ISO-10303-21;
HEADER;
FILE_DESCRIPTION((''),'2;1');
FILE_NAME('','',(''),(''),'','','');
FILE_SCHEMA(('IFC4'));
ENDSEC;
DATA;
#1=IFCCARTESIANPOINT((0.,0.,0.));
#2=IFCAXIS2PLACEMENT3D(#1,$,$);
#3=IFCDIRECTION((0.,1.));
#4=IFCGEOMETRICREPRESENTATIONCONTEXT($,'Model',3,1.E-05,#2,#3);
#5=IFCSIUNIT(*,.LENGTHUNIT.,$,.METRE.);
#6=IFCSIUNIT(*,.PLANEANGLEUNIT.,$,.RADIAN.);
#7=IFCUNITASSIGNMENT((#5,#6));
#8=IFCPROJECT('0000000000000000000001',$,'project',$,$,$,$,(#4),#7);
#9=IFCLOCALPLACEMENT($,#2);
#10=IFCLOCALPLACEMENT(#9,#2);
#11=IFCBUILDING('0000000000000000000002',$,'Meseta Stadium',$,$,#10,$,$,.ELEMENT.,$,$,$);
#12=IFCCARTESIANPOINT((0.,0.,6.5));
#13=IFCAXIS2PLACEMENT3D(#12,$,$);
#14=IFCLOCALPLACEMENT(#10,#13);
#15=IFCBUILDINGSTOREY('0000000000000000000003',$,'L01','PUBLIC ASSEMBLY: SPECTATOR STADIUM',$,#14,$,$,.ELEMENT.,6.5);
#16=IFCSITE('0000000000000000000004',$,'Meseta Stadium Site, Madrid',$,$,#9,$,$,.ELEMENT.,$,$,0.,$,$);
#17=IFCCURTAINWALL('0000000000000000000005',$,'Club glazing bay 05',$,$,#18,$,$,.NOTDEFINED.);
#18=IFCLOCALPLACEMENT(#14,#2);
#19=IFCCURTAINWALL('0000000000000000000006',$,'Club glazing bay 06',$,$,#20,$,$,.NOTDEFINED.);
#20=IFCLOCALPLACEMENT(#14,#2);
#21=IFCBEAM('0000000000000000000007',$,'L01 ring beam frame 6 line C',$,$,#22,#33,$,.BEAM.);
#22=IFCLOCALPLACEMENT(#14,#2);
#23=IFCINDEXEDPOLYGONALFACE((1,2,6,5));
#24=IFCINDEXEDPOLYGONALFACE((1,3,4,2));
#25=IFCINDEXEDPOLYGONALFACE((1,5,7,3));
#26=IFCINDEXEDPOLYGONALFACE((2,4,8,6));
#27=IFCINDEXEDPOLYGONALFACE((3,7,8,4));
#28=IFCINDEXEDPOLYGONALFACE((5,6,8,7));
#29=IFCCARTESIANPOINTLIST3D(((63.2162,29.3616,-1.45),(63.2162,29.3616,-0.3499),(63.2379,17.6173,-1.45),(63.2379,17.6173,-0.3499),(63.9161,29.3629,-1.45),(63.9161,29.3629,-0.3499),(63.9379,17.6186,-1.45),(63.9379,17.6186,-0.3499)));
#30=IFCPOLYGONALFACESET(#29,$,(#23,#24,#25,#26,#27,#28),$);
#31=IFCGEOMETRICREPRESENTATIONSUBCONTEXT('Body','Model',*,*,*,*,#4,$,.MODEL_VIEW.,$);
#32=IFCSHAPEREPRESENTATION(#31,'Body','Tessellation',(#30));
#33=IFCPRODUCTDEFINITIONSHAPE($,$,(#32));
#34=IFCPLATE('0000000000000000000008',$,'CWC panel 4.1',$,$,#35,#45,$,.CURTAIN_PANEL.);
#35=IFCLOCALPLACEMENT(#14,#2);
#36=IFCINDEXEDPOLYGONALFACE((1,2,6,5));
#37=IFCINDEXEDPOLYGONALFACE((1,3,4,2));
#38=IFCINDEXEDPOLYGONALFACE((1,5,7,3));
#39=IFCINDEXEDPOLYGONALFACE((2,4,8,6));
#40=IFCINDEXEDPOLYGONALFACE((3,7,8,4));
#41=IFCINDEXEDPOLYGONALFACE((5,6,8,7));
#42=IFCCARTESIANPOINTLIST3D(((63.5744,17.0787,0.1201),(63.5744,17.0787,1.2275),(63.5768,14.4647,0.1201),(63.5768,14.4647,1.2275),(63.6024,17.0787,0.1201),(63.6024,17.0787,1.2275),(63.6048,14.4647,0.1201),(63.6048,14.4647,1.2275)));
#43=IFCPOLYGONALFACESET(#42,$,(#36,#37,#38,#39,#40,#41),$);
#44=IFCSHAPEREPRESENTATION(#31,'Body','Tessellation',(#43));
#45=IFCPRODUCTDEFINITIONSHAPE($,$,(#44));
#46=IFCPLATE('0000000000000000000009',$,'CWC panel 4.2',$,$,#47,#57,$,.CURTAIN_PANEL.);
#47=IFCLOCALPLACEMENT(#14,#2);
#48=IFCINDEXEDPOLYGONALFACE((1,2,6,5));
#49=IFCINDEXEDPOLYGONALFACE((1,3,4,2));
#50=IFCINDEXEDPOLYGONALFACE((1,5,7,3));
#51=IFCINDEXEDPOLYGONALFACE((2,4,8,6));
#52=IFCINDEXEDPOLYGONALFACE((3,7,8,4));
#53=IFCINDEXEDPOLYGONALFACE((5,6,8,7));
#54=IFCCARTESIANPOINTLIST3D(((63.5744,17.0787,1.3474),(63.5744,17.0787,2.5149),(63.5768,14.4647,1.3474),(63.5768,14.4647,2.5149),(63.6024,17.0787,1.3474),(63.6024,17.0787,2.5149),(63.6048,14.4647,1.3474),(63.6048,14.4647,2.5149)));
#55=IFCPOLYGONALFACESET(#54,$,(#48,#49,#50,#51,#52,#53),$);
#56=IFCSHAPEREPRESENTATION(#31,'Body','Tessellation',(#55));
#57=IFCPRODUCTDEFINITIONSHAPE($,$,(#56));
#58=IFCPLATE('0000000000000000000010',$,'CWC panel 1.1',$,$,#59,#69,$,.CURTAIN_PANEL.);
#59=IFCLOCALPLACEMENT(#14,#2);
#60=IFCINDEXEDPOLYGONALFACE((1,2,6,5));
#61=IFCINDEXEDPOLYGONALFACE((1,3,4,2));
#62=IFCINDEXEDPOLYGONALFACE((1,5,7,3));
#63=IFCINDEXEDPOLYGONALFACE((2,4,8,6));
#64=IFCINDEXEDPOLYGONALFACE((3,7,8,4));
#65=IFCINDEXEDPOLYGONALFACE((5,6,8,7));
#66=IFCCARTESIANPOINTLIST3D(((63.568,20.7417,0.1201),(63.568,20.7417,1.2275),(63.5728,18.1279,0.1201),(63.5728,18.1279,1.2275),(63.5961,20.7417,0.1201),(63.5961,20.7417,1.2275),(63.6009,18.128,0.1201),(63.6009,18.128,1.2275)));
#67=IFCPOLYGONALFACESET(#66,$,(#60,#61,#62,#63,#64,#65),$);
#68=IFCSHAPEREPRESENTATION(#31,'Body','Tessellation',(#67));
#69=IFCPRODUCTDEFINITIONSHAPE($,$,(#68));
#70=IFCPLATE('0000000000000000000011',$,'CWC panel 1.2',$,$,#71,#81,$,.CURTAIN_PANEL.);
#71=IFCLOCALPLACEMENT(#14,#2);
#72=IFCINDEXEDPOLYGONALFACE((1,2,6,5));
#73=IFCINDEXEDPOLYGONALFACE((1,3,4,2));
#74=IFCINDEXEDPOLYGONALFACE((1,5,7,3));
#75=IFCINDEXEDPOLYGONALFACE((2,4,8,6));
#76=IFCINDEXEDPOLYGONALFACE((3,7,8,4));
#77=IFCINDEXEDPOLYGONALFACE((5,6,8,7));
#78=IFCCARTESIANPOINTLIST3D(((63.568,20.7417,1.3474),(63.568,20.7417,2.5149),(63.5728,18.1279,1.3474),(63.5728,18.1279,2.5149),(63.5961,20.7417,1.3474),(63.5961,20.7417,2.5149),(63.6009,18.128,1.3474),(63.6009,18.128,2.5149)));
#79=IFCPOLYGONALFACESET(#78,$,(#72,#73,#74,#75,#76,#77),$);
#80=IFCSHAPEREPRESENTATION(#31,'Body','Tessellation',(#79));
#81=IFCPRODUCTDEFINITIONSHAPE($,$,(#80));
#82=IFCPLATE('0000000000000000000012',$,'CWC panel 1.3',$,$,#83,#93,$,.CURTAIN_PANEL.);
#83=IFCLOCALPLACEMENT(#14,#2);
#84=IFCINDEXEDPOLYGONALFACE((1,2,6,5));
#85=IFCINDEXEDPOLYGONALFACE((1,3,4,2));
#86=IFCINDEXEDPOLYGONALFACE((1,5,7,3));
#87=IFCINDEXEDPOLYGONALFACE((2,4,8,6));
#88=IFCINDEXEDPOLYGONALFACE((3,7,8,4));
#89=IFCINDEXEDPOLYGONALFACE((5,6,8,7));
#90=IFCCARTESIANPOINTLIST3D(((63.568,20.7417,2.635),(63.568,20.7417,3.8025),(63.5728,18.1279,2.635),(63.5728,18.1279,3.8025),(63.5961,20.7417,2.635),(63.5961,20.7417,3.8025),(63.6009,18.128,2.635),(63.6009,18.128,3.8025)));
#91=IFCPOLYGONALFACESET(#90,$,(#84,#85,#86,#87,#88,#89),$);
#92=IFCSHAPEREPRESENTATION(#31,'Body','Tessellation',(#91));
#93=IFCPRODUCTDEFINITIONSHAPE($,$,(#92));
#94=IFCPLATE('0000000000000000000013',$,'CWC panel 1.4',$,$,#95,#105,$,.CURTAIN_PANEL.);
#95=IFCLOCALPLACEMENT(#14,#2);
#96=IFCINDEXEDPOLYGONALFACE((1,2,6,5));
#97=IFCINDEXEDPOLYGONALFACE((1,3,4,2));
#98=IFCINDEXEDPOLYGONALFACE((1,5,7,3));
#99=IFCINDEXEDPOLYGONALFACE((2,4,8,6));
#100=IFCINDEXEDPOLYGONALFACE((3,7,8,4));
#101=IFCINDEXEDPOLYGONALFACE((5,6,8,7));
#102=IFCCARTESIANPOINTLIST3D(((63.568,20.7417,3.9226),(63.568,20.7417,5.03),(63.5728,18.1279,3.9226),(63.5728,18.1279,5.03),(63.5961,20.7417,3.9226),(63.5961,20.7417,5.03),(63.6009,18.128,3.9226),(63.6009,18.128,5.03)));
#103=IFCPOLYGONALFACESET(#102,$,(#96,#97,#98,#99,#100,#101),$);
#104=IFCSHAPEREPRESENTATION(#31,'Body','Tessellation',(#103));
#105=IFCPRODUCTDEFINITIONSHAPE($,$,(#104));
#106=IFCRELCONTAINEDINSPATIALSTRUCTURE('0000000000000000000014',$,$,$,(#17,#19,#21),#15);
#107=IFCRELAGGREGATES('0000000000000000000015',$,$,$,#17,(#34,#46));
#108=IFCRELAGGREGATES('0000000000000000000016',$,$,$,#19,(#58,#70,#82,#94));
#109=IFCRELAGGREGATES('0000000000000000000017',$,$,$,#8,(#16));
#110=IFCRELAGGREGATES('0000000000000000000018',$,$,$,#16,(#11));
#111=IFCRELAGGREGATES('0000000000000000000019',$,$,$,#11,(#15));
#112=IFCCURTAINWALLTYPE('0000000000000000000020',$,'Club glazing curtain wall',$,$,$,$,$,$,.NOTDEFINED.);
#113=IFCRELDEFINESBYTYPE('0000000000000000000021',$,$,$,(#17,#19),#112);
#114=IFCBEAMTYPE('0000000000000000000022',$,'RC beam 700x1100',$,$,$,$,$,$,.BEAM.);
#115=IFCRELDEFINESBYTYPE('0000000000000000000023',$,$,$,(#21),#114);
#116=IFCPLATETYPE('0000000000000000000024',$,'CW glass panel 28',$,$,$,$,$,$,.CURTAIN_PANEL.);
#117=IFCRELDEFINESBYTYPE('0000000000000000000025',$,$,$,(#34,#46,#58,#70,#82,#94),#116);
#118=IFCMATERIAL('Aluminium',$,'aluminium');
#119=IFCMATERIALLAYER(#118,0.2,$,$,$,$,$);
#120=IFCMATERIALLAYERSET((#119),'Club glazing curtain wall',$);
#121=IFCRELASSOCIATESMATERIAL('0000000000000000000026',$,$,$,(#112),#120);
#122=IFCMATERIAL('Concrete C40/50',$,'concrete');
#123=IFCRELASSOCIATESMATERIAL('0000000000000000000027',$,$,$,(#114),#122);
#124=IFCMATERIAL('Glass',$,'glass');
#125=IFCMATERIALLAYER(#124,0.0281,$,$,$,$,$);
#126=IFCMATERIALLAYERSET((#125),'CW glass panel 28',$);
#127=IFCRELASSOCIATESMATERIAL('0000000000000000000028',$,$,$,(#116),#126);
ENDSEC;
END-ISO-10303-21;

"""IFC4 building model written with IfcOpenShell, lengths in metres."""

from ifc_helpers import new_model, si_unit, direction, frame, origin, origin_2d, place, context, subcontext, project, spatial, rectangle, extrude, material, layer, layer_set, material_profile, profile_set, type_object, element, aggregate, save


model = new_model("IFC4")

# Units and contexts
model_context = context("Model", 3, precision=1e-05, world=origin(), true_north=direction((0.0, 1.0)))
body_context = subcontext(model_context, "Body", "Model", "MODEL_VIEW")
ifc_project = project(units=[si_unit("LENGTHUNIT", "METRE"), si_unit("PLANEANGLEUNIT", "RADIAN")], contexts=[model_context])

# Site, building, storey
site_placement = place(None, origin())
site = spatial("IfcSite", under=ifc_project, at=site_placement, Name="Meseta Stadium Site, Madrid", CompositionType="ELEMENT", RefElevation=0.0)
building_placement = place(site_placement, origin())
building = spatial("IfcBuilding", under=site, at=building_placement, Name="Meseta Stadium", CompositionType="ELEMENT")
storey_placement = place(building_placement, frame((0.0, 0.0, 6.5)))
storey = spatial("IfcBuildingStorey", under=building, at=storey_placement, Name="L01", Description="PUBLIC ASSEMBLY: SPECTATOR STADIUM", CompositionType="ELEMENT", Elevation=6.5)

# Curtain wall
ifc_material_1 = material(Name="Aluminium", Category="aluminium")
ifc_layer_1 = layer(ifc_material_1, 0.2)
ifc_layer_set_1 = layer_set([ifc_layer_1], Name="Club glazing curtain wall")
curtain_wall_type = type_object("IfcCurtainWallType", Name="Club glazing curtain wall", PredefinedType="NOTDEFINED", material=ifc_layer_set_1)
curtain_wall_1_placement = place(storey_placement, origin())
curtain_wall_1 = element("IfcCurtainWall", 1, at=curtain_wall_1_placement, inside=storey, type_object=curtain_wall_type, Name="Club glazing bay 05", PredefinedType="NOTDEFINED")

# Curtain wall
curtain_wall_2_placement = place(storey_placement, origin())
curtain_wall_2 = element("IfcCurtainWall", 2, at=curtain_wall_2_placement, inside=storey, type_object=curtain_wall_type, Name="Club glazing bay 06", PredefinedType="NOTDEFINED")

# Beam
ifc_material_2 = material(Name="Concrete C40/50", Category="concrete")
ifc_material_profile_1 = material_profile(ifc_material_2, rectangle(XDim=0.7, YDim=1.1001, at=origin_2d()), Name="RC 700x1100")
ifc_profile_set_1 = profile_set([ifc_material_profile_1], Name="Concrete C40/50")
beam_type_1 = type_object("IfcBeamType", Name="RC beam 700x1100", PredefinedType="BEAM", material=ifc_profile_set_1)
beam_1_placement = place(storey_placement, frame((63.5879, 17.6179, -0.8999), z_axis=(-0.00185, 0.999998, 0.0), x_axis=(-0.999998, -0.00185, 0.0)))
element("IfcBeam", 3, at=beam_1_placement, inside=storey, type_object=beam_type_1, Name="L01 ring beam frame 6 line C", PredefinedType="BEAM", context=body_context, shape_type="SweptSolid", body=[
    extrude(rectangle(XDim=0.7, YDim=1.1001, at=origin_2d()), origin(), (0.0, 0.0, 1.0), 11.7444),
])

# Plates
ifc_material_3 = material(Name="Glass", Category="glass")
ifc_layer_2 = layer(ifc_material_3, 0.0281)
ifc_layer_set_2 = layer_set([ifc_layer_2], Name="CW glass panel 28")
plate_type = type_object("IfcPlateType", Name="CW glass panel 28", PredefinedType="CURTAIN_PANEL", material=ifc_layer_set_2)
plate_1_placement = place(storey_placement, frame((63.5896, 15.7717, 0.1201), z_axis=(0.0, 0.0, 1.0), x_axis=(-0.000925, 1.0, 0.0)))
plate_1 = element("IfcPlate", 4, at=plate_1_placement, type_object=plate_type, Name="CWC panel 4.1", PredefinedType="CURTAIN_PANEL", context=body_context, shape_type="SweptSolid", body=[
    extrude(rectangle(XDim=2.614, YDim=0.0281, at=origin_2d()), origin(), (0.0, 0.0, 1.0), 1.1074),
])
plate_2_placement = place(storey_placement, frame((63.5896, 15.7717, 1.3474), z_axis=(0.0, 0.0, 1.0), x_axis=(-0.000925, 1.0, 0.0)))
plate_2 = element("IfcPlate", 5, at=plate_2_placement, type_object=plate_type, Name="CWC panel 4.2", PredefinedType="CURTAIN_PANEL", context=body_context, shape_type="SweptSolid", body=[
    extrude(rectangle(XDim=2.614, YDim=0.0281, at=origin_2d()), origin(), (0.0, 0.0, 1.0), 1.1675),
])
aggregate(curtain_wall_1, [plate_1, plate_2])
plate_3_placement = place(storey_placement, frame((63.5845, 19.4348, 0.1201), z_axis=(0.0, 0.0, 1.0), x_axis=(-0.001845, 0.999998, 0.0)))
plate_3 = element("IfcPlate", 6, at=plate_3_placement, type_object=plate_type, Name="CWC panel 1.1", PredefinedType="CURTAIN_PANEL", context=body_context, shape_type="SweptSolid", body=[
    extrude(rectangle(XDim=2.6138, YDim=0.0281, at=origin_2d()), origin(), (0.0, 0.0, 1.0), 1.1074),
])
plate_4_placement = place(storey_placement, frame((63.5845, 19.4348, 1.3474), z_axis=(0.0, 0.0, 1.0), x_axis=(-0.001845, 0.999998, 0.0)))
plate_4 = element("IfcPlate", 7, at=plate_4_placement, type_object=plate_type, Name="CWC panel 1.2", PredefinedType="CURTAIN_PANEL", context=body_context, shape_type="SweptSolid", body=[
    extrude(rectangle(XDim=2.6138, YDim=0.0281, at=origin_2d()), origin(), (0.0, 0.0, 1.0), 1.1675),
])
plate_5_placement = place(storey_placement, frame((63.5845, 19.4348, 2.635), z_axis=(0.0, 0.0, 1.0), x_axis=(-0.001845, 0.999998, 0.0)))
plate_5 = element("IfcPlate", 8, at=plate_5_placement, type_object=plate_type, Name="CWC panel 1.3", PredefinedType="CURTAIN_PANEL", context=body_context, shape_type="SweptSolid", body=[
    extrude(rectangle(XDim=2.6138, YDim=0.0281, at=origin_2d()), origin(), (0.0, 0.0, 1.0), 1.1675),
])
plate_6_placement = place(storey_placement, frame((63.5845, 19.4348, 3.9226), z_axis=(0.0, 0.0, 1.0), x_axis=(-0.001845, 0.999998, 0.0)))
plate_6 = element("IfcPlate", 9, at=plate_6_placement, type_object=plate_type, Name="CWC panel 1.4", PredefinedType="CURTAIN_PANEL", context=body_context, shape_type="SweptSolid", body=[
    extrude(rectangle(XDim=2.6138, YDim=0.0281, at=origin_2d()), origin(), (0.0, 0.0, 1.0), 1.1074),
])
aggregate(curtain_wall_2, [plate_3, plate_4, plate_5, plate_6])

save(model, "model.ifc")
